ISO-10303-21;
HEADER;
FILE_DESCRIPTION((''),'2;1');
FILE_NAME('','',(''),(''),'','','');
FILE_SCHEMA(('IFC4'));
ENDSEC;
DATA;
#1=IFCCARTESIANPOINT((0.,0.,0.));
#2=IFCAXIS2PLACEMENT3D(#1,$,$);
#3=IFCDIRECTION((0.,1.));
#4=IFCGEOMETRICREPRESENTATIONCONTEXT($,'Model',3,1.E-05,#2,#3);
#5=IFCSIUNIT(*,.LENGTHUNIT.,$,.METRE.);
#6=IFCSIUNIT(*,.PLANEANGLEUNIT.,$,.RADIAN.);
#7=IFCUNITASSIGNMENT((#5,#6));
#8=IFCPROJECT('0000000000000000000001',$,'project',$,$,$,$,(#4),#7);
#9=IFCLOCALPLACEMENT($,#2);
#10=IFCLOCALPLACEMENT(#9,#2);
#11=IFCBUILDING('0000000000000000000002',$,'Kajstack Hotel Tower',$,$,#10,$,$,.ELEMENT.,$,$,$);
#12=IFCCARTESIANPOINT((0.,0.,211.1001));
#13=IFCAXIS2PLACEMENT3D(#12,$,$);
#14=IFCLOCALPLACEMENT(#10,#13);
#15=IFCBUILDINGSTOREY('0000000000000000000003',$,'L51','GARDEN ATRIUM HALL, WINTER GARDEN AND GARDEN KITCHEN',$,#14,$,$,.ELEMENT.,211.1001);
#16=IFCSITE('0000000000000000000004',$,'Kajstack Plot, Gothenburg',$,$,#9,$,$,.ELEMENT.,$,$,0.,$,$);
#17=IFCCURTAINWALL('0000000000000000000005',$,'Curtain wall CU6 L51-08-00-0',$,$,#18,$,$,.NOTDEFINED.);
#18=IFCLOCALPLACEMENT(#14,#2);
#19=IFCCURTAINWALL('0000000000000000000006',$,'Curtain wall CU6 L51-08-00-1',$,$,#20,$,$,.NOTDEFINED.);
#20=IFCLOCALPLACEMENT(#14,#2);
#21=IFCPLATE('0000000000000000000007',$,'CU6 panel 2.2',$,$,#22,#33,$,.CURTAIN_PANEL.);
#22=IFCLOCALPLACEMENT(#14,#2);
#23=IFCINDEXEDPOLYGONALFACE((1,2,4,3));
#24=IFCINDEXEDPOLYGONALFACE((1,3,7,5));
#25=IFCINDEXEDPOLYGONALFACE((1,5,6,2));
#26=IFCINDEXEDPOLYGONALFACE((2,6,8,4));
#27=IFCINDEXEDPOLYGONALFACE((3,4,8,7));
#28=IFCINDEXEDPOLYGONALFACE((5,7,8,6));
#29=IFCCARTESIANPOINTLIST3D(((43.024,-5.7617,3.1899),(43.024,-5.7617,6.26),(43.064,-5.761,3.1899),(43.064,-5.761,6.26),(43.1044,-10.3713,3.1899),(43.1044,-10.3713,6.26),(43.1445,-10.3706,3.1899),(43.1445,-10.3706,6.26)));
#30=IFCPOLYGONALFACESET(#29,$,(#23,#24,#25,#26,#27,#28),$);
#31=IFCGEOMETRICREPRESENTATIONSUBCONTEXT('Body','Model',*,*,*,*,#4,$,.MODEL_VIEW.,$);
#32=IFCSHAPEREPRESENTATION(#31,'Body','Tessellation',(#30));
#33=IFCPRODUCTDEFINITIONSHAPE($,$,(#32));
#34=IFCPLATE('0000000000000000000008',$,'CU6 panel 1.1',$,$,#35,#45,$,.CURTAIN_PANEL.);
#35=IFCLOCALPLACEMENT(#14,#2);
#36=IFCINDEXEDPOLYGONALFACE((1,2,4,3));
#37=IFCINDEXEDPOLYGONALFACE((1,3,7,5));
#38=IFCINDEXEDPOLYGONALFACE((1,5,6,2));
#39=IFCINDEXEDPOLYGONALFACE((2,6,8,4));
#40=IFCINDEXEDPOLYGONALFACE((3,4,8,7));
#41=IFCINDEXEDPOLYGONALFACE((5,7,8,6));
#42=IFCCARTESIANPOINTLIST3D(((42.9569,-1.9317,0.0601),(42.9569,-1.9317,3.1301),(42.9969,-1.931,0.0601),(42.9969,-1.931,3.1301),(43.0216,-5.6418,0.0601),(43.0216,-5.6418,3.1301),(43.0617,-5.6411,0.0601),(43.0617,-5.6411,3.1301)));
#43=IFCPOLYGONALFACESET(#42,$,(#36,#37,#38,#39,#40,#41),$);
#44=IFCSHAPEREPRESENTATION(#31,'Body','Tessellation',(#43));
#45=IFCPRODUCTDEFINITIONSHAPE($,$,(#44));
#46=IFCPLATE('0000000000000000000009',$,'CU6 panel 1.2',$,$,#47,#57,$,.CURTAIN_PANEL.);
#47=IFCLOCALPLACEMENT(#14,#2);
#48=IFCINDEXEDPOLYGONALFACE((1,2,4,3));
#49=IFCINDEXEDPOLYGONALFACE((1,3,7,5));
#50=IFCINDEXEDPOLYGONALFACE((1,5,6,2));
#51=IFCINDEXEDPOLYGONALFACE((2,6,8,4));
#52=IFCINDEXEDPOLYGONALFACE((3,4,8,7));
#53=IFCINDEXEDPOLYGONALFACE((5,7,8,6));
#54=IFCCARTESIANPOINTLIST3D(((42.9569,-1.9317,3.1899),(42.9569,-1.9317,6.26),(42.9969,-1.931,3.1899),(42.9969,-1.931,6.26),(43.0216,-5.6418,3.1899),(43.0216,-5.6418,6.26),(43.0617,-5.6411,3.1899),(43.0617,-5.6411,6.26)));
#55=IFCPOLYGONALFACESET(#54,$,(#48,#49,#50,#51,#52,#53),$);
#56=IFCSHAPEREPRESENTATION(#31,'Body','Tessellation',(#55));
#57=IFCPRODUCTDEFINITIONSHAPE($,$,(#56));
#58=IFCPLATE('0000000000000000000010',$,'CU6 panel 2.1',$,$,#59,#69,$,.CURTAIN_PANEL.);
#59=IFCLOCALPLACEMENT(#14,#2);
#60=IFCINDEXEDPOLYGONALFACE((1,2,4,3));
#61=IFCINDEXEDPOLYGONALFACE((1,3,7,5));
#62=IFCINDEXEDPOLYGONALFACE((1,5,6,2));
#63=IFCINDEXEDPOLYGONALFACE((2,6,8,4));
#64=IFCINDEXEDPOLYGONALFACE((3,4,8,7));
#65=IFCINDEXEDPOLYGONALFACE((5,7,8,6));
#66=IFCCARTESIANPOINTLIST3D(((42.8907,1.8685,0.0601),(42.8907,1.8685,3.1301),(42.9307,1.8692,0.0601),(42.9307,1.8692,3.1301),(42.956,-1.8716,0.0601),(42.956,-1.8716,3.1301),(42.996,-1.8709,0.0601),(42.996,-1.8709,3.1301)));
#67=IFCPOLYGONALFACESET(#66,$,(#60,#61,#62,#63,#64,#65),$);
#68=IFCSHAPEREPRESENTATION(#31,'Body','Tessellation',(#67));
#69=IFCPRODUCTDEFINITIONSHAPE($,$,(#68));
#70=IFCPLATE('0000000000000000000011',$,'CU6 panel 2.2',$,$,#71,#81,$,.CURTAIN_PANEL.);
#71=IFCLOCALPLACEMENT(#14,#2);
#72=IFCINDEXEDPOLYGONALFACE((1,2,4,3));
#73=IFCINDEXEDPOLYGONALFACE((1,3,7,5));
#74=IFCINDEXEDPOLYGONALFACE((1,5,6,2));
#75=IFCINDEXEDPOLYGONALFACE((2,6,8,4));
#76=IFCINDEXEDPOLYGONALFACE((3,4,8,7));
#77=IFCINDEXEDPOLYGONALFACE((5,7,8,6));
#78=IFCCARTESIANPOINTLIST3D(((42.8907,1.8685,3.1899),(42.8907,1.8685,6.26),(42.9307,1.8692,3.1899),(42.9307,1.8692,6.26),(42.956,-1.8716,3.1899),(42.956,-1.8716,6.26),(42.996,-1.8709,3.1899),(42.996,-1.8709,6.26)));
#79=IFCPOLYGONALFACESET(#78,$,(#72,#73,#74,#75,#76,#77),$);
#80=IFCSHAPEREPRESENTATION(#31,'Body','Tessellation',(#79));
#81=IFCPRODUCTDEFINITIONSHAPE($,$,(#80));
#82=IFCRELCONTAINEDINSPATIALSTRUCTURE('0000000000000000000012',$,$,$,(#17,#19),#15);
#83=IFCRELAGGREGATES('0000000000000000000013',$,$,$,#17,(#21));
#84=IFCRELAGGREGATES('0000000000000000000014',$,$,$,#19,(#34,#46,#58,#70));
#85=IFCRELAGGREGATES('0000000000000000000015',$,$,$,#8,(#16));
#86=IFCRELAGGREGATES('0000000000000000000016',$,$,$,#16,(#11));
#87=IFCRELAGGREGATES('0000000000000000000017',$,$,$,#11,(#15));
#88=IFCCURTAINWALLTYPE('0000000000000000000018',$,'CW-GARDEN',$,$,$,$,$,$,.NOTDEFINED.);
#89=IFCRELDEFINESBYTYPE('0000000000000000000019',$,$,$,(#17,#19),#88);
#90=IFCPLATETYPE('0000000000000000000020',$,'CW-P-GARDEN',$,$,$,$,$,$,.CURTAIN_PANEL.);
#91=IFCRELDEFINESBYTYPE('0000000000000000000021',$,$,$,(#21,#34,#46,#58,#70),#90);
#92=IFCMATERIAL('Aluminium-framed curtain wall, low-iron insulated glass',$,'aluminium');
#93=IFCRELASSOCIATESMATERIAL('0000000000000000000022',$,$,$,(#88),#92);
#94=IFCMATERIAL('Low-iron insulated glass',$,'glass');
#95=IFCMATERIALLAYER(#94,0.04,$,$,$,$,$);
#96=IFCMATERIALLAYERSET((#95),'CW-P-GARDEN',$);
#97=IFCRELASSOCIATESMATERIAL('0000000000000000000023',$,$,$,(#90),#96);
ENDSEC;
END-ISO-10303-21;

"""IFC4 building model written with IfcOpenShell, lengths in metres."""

from ifc_helpers import new_model, si_unit, direction, frame, origin, origin_2d, place, context, subcontext, project, spatial, rectangle, extrude, material, layer, layer_set, type_object, element, aggregate, save


model = new_model("IFC4")

# Units and contexts
model_context = context("Model", 3, precision=1e-05, world=origin(), true_north=direction((0.0, 1.0)))
body_context = subcontext(model_context, "Body", "Model", "MODEL_VIEW")
ifc_project = project(units=[si_unit("LENGTHUNIT", "METRE"), si_unit("PLANEANGLEUNIT", "RADIAN")], contexts=[model_context])

# Site, building, storey
site_placement = place(None, origin())
site = spatial("IfcSite", under=ifc_project, at=site_placement, Name="Kajstack Plot, Gothenburg", CompositionType="ELEMENT", RefElevation=0.0)
building_placement = place(site_placement, origin())
building = spatial("IfcBuilding", under=site, at=building_placement, Name="Kajstack Hotel Tower", CompositionType="ELEMENT")
storey_placement = place(building_placement, frame((0.0, 0.0, 211.1001)))
storey = spatial("IfcBuildingStorey", under=building, at=storey_placement, Name="L51", Description="GARDEN ATRIUM HALL, WINTER GARDEN AND GARDEN KITCHEN", CompositionType="ELEMENT", Elevation=211.1001)

# Shared definitions
ifc_material_1 = material(Name="Aluminium-framed curtain wall, low-iron insulated glass", Category="aluminium")
curtain_wall_type = type_object("IfcCurtainWallType", Name="CW-GARDEN", PredefinedType="NOTDEFINED", material=ifc_material_1)

# Curtain walls
curtain_wall_1_placement = place(storey_placement, origin())
curtain_wall_1 = element("IfcCurtainWall", 1, at=curtain_wall_1_placement, inside=storey, type_object=curtain_wall_type, Name="Curtain wall CU6 L51-08-00-0", PredefinedType="NOTDEFINED")
curtain_wall_2_placement = place(storey_placement, origin())
curtain_wall_2 = element("IfcCurtainWall", 2, at=curtain_wall_2_placement, inside=storey, type_object=curtain_wall_type, Name="Curtain wall CU6 L51-08-00-1", PredefinedType="NOTDEFINED")

# Plates
ifc_material_2 = material(Name="Low-iron insulated glass", Category="glass")
ifc_layer = layer(ifc_material_2, 0.04)
ifc_layer_set = layer_set([ifc_layer], Name="CW-P-GARDEN")
plate_type = type_object("IfcPlateType", Name="CW-P-GARDEN", PredefinedType="CURTAIN_PANEL", material=ifc_layer_set)
plate_1_placement = place(storey_placement, frame((43.0842, -8.0662, 3.1899), z_axis=(0.0, 0.0, 1.0), x_axis=(-0.017454, 0.999848, 0.0)))
plate_1 = element("IfcPlate", 3, at=plate_1_placement, type_object=plate_type, Name="CU6 panel 2.2", PredefinedType="CURTAIN_PANEL", context=body_context, shape_type="SweptSolid", body=[
    extrude(rectangle(XDim=4.6104, YDim=0.04, at=origin_2d()), origin(), (0.0, 0.0, 1.0), 3.0701),
])
aggregate(curtain_wall_1, [plate_1])
plate_2_placement = place(storey_placement, frame((43.0093, -3.7864, 0.0601), z_axis=(0.0, 0.0, 1.0), x_axis=(-0.017455, 0.999848, 0.0)))
plate_2 = element("IfcPlate", 4, at=plate_2_placement, type_object=plate_type, Name="CU6 panel 1.1", PredefinedType="CURTAIN_PANEL", context=body_context, shape_type="SweptSolid", body=[
    extrude(rectangle(XDim=3.7107, YDim=0.04, at=origin_2d()), origin(), (0.0, 0.0, 1.0), 3.0701),
])
plate_3_placement = place(storey_placement, frame((43.0093, -3.7864, 3.1899), z_axis=(0.0, 0.0, 1.0), x_axis=(-0.017455, 0.999848, 0.0)))
plate_3 = element("IfcPlate", 5, at=plate_3_placement, type_object=plate_type, Name="CU6 panel 1.2", PredefinedType="CURTAIN_PANEL", context=body_context, shape_type="SweptSolid", body=[
    extrude(rectangle(XDim=3.7107, YDim=0.04, at=origin_2d()), origin(), (0.0, 0.0, 1.0), 3.0701),
])
plate_4_placement = place(storey_placement, frame((42.9434, -0.0012, 0.0601), z_axis=(0.0, 0.0, 1.0), x_axis=(-0.017455, 0.999848, 0.0)))
plate_4 = element("IfcPlate", 6, at=plate_4_placement, type_object=plate_type, Name="CU6 panel 2.1", PredefinedType="CURTAIN_PANEL", context=body_context, shape_type="SweptSolid", body=[
    extrude(rectangle(XDim=3.7407, YDim=0.04, at=origin_2d()), origin(), (0.0, 0.0, 1.0), 3.0701),
])
plate_5_placement = place(storey_placement, frame((42.9434, -0.0012, 3.1899), z_axis=(0.0, 0.0, 1.0), x_axis=(-0.017455, 0.999848, 0.0)))
plate_5 = element("IfcPlate", 7, at=plate_5_placement, type_object=plate_type, Name="CU6 panel 2.2", PredefinedType="CURTAIN_PANEL", context=body_context, shape_type="SweptSolid", body=[
    extrude(rectangle(XDim=3.7407, YDim=0.04, at=origin_2d()), origin(), (0.0, 0.0, 1.0), 3.0701),
])
aggregate(curtain_wall_2, [plate_2, plate_3, plate_4, plate_5])

save(model, "model.ifc")
